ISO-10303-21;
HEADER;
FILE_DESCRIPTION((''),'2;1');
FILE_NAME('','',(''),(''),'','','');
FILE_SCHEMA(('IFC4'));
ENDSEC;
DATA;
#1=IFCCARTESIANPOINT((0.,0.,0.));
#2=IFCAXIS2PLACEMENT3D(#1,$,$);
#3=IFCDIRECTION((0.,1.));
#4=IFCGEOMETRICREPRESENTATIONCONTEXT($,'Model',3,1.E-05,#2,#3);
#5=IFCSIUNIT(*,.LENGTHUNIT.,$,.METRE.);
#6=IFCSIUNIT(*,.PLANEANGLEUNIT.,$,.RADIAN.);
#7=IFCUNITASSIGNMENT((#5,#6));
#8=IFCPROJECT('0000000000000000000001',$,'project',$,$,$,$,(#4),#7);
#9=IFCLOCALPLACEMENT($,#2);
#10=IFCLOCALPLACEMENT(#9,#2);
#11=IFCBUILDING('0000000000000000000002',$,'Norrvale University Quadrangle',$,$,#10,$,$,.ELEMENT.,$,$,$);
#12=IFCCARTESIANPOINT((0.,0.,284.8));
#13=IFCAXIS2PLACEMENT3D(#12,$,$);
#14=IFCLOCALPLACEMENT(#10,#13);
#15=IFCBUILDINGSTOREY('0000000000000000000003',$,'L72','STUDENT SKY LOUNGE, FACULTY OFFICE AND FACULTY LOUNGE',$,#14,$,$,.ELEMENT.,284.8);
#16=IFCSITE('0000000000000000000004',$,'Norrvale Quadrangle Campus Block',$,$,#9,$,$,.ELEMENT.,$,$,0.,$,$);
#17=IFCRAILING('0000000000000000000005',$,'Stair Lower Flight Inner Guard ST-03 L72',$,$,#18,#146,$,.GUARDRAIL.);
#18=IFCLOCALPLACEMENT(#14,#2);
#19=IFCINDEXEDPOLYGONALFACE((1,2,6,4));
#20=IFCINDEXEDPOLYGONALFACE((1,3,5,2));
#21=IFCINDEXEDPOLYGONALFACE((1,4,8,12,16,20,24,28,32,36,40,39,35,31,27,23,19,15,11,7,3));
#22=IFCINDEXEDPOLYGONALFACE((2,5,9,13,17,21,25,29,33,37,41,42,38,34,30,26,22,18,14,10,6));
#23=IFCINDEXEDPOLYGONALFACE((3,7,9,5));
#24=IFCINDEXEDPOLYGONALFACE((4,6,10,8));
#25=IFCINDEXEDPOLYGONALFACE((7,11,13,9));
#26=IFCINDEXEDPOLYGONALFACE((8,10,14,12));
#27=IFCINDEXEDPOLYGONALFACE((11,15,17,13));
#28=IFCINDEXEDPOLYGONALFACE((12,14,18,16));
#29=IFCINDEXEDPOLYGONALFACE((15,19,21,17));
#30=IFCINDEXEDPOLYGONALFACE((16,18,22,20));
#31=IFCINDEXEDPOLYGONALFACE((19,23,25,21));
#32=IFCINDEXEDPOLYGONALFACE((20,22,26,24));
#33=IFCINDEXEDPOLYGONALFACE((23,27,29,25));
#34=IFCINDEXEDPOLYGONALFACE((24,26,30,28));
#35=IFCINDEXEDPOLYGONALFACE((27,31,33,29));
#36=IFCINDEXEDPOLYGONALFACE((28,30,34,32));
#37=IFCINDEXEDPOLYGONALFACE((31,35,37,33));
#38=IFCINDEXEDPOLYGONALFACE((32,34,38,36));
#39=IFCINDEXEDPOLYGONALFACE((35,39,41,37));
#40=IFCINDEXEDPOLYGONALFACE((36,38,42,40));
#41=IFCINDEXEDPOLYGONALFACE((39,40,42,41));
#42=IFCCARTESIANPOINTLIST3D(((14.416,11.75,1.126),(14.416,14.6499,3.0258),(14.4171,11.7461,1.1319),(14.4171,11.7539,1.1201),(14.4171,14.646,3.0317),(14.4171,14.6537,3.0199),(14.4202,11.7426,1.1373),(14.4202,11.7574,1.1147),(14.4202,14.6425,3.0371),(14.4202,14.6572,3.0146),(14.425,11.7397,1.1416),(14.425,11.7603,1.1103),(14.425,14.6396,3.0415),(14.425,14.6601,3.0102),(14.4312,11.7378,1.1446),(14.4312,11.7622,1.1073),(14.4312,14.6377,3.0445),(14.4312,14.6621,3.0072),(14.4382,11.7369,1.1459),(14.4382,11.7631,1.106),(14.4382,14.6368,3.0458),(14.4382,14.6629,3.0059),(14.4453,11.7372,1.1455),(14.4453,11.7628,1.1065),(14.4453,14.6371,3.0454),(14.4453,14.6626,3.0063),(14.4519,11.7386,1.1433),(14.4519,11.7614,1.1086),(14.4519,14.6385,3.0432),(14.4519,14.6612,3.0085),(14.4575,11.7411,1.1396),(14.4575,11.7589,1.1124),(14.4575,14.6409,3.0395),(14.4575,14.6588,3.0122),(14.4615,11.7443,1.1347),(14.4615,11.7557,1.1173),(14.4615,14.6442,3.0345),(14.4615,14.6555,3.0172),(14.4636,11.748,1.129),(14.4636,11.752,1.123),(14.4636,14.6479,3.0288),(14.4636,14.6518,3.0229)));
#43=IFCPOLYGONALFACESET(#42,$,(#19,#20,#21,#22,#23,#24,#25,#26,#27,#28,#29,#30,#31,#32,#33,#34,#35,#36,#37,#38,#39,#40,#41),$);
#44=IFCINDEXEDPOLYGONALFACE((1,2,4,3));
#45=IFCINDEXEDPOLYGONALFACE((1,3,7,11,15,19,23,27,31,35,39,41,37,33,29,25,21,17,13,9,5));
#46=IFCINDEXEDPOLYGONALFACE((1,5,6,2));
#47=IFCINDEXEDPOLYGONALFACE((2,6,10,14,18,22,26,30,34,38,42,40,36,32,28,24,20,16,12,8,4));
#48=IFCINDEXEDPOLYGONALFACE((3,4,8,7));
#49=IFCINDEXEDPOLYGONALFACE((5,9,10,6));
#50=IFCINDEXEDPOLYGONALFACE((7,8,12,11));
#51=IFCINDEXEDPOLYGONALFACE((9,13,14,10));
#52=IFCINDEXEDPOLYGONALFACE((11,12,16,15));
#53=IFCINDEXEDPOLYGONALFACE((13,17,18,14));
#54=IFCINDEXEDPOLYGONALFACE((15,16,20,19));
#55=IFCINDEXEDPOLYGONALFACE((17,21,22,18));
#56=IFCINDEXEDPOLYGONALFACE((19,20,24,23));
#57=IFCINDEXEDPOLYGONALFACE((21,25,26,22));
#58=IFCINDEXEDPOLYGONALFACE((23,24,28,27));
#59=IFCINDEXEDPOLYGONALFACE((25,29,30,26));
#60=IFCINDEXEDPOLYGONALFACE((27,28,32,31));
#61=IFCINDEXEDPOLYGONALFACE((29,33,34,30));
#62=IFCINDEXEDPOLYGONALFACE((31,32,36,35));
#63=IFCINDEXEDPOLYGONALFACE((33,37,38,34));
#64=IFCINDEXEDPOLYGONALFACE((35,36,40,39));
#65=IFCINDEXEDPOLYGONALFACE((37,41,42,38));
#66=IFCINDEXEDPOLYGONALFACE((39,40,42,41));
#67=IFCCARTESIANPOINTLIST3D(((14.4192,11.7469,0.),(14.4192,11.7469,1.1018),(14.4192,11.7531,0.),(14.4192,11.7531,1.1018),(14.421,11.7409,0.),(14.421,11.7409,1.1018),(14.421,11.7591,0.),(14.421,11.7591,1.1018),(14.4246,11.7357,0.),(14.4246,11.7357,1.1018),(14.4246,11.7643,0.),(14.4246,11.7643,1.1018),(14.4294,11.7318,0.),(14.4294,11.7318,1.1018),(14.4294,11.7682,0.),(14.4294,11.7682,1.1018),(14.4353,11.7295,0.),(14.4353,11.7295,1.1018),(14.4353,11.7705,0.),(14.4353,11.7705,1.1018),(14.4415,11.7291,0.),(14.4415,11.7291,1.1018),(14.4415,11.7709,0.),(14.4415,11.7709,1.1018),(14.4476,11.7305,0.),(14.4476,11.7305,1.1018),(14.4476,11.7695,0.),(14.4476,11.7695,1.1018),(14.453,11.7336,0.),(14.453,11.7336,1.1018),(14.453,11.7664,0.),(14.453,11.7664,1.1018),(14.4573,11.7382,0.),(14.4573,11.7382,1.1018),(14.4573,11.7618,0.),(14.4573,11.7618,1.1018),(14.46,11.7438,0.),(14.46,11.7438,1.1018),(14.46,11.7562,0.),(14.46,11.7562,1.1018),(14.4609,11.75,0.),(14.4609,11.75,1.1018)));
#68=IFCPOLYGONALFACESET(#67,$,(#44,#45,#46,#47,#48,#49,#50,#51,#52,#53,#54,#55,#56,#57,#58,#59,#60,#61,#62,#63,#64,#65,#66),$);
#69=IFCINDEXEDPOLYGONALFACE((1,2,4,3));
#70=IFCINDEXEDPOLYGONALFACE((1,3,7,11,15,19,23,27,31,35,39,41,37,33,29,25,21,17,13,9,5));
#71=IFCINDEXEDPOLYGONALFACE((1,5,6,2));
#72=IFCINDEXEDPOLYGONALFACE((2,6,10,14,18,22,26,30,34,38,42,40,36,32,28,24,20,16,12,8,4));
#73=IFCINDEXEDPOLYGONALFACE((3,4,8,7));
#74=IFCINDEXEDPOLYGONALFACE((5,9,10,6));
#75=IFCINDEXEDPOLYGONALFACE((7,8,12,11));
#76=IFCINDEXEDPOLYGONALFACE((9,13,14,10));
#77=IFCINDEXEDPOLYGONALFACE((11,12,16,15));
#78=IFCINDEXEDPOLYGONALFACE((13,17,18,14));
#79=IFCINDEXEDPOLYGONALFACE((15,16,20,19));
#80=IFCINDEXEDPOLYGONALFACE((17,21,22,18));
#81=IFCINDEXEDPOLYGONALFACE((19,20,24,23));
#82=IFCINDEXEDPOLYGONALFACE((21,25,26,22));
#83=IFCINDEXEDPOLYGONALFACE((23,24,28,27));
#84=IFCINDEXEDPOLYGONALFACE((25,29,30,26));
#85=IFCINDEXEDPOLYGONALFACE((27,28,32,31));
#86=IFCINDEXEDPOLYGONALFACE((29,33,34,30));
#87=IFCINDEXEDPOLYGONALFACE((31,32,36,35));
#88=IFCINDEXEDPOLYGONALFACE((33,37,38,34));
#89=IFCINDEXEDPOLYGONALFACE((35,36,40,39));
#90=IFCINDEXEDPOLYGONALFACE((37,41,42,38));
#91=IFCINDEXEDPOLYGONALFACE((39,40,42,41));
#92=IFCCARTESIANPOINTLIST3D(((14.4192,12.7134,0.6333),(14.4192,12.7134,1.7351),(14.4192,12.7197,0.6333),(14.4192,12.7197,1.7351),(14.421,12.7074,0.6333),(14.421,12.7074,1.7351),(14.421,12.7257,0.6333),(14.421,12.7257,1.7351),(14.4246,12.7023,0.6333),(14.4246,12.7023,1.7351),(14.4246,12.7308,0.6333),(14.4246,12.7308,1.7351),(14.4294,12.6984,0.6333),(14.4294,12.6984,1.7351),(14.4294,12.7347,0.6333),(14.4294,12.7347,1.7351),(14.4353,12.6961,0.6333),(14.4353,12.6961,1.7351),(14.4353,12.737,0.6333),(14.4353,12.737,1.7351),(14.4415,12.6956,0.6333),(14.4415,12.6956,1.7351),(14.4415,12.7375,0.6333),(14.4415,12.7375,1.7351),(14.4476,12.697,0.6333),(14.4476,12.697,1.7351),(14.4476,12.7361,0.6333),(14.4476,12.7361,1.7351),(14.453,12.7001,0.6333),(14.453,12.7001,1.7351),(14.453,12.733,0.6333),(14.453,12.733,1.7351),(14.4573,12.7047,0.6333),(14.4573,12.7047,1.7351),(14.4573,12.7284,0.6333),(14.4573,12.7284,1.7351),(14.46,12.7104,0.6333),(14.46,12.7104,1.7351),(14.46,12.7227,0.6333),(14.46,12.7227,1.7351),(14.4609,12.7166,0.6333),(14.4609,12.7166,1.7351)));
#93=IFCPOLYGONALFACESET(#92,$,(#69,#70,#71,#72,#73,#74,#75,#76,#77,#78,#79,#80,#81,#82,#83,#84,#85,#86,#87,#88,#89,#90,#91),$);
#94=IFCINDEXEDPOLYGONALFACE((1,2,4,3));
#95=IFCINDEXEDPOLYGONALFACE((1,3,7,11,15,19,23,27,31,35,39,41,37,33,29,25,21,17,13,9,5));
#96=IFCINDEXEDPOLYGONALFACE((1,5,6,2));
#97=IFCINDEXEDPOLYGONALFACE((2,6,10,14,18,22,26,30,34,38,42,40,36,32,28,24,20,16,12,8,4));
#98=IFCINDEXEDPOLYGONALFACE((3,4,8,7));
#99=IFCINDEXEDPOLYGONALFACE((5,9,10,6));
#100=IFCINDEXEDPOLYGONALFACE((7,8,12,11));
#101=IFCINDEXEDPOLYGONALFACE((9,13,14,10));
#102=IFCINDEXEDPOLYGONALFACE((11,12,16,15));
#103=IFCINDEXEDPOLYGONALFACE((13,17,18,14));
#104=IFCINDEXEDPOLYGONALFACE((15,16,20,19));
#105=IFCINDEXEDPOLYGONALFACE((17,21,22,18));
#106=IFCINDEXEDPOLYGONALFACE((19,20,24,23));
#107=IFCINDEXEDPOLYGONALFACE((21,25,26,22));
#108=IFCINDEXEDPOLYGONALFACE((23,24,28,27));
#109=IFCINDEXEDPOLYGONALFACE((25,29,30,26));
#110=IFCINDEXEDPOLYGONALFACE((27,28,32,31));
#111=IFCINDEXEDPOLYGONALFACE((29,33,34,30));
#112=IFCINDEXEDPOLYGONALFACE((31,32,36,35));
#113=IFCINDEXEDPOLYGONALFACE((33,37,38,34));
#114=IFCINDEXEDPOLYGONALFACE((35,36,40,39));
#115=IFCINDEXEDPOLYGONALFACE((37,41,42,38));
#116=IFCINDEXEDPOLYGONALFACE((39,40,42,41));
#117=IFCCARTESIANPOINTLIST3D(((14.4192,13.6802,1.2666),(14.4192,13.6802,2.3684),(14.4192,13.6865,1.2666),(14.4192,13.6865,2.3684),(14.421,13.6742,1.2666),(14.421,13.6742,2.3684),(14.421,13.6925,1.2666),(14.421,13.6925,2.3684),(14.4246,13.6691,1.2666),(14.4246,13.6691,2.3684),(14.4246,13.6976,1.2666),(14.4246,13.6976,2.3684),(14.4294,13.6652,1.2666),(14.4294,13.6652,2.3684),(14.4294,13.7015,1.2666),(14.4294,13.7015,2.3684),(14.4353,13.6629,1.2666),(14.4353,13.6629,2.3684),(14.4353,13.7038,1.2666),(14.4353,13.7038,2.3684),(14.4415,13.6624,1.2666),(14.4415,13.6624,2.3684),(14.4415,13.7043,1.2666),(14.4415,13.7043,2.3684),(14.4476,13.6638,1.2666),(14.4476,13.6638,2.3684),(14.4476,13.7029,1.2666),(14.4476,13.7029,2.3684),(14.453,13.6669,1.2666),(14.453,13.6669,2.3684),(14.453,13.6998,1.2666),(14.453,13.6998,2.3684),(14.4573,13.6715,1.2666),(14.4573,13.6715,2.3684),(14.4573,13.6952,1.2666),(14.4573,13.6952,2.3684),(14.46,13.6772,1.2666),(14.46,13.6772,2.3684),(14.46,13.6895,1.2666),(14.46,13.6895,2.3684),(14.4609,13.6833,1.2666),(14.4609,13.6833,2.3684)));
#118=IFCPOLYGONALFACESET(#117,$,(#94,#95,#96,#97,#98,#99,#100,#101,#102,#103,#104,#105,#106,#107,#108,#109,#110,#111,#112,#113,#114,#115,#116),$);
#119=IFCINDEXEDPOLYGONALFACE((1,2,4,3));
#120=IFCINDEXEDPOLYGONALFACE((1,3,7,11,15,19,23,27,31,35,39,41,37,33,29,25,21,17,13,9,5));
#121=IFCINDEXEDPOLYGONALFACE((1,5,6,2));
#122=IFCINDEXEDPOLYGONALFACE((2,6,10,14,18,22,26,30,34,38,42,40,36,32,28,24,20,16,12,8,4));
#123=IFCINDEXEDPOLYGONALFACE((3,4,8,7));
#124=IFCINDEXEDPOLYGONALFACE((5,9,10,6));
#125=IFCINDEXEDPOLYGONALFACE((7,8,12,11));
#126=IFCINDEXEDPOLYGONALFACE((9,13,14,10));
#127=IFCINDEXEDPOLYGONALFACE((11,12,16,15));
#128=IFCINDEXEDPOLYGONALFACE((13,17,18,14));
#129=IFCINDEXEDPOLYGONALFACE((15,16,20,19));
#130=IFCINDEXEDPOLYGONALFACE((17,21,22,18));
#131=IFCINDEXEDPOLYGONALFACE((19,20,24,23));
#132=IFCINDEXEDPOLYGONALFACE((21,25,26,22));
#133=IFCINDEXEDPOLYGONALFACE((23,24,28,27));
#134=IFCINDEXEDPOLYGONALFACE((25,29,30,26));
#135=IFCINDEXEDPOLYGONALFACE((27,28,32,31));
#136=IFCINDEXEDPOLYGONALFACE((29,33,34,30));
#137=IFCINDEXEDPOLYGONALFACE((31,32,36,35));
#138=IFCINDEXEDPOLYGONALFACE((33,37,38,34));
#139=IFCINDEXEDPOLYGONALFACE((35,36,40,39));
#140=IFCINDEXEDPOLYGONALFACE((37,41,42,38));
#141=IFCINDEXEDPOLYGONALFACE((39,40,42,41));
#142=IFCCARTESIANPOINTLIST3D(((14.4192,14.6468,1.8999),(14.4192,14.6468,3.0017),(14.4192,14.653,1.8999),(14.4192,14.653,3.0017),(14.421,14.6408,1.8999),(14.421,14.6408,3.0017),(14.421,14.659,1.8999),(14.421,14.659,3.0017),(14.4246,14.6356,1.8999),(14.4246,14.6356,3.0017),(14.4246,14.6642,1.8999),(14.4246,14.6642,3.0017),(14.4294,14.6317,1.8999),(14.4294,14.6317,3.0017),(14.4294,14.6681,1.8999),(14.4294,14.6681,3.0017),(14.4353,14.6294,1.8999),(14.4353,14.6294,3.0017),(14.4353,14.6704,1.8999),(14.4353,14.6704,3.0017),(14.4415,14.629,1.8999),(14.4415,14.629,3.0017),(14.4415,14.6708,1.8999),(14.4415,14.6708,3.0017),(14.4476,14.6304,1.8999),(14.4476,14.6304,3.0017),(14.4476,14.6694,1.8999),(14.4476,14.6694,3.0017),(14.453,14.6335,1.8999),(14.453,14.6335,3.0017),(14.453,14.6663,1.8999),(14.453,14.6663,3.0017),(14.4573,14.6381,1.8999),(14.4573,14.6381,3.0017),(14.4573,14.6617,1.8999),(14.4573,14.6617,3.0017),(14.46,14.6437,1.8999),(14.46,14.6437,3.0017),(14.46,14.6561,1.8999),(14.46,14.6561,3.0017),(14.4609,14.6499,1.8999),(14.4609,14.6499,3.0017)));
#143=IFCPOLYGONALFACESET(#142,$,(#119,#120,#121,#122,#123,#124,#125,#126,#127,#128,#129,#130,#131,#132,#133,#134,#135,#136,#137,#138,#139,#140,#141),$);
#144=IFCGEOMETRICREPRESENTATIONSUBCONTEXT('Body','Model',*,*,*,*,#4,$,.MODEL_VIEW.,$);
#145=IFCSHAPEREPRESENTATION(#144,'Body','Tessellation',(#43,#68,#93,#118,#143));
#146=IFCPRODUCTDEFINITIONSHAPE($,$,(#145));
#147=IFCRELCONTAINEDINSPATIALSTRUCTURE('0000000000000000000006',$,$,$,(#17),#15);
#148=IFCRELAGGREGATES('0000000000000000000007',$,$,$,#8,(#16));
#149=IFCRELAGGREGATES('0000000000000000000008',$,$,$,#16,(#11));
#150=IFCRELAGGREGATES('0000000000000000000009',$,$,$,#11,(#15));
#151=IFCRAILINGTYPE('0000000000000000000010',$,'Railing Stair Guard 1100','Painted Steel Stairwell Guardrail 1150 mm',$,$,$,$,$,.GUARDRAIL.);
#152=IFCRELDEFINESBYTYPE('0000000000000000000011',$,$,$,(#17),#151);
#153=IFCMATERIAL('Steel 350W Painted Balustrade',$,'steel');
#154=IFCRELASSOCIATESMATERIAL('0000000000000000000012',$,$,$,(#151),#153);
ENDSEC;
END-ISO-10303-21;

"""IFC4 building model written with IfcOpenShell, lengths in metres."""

from ifc_helpers import new_model, si_unit, direction, frame, origin, origin_2d, place, context, subcontext, project, spatial, circle, extrude, material, type_object, element, save


model = new_model("IFC4")

# Units and contexts
model_context = context("Model", 3, precision=1e-05, world=origin(), true_north=direction((0.0, 1.0)))
body_context = subcontext(model_context, "Body", "Model", "MODEL_VIEW")
ifc_project = project(units=[si_unit("LENGTHUNIT", "METRE"), si_unit("PLANEANGLEUNIT", "RADIAN")], contexts=[model_context])

# Site, building, storey
site_placement = place(None, origin())
site = spatial("IfcSite", under=ifc_project, at=site_placement, Name="Norrvale Quadrangle Campus Block", CompositionType="ELEMENT", RefElevation=0.0)
building_placement = place(site_placement, origin())
building = spatial("IfcBuilding", under=site, at=building_placement, Name="Norrvale University Quadrangle", CompositionType="ELEMENT")
storey_placement = place(building_placement, frame((0.0, 0.0, 284.8)))
storey = spatial("IfcBuildingStorey", under=building, at=storey_placement, Name="L72", Description="STUDENT SKY LOUNGE, FACULTY OFFICE AND FACULTY LOUNGE", CompositionType="ELEMENT", Elevation=284.8)

# Railing
ifc_material_1 = material(Name="Steel 350W Painted Balustrade", Category="steel")
railing_type_1 = type_object("IfcRailingType", Name="Railing Stair Guard 1100", Description="Painted Steel Stairwell Guardrail 1150 mm", PredefinedType="GUARDRAIL", material=ifc_material_1)
railing_1_placement = place(storey_placement, frame((14.4399, 11.75, 0.0)))
element("IfcRailing", 1, at=railing_1_placement, inside=storey, type_object=railing_type_1, Name="Stair Lower Flight Inner Guard ST-03 L72", PredefinedType="GUARDRAIL", context=body_context, shape_type="SweptSolid", body=[
    extrude(circle(Radius=0.0239, at=origin_2d()), frame((0.0, 0.0, 1.126), z_axis=(0.0, 0.836466, 0.548019), x_axis=(-1.0, 0.0, 0.0)), (0.0, 0.0, 1.0), 3.4668),
    extrude(circle(Radius=0.021, at=origin_2d()), origin(), (0.0, 0.0, 1.0), 1.1018),
    extrude(circle(Radius=0.021, at=origin_2d()), frame((0.0, 0.9666, 0.6333)), (0.0, 0.0, 1.0), 1.1018),
    extrude(circle(Radius=0.021, at=origin_2d()), frame((0.0, 1.9333, 1.2666)), (0.0, 0.0, 1.0), 1.1018),
    extrude(circle(Radius=0.021, at=origin_2d()), frame((0.0, 2.8999, 1.8999)), (0.0, 0.0, 1.0), 1.1018),
])

save(model, "model.ifc")
